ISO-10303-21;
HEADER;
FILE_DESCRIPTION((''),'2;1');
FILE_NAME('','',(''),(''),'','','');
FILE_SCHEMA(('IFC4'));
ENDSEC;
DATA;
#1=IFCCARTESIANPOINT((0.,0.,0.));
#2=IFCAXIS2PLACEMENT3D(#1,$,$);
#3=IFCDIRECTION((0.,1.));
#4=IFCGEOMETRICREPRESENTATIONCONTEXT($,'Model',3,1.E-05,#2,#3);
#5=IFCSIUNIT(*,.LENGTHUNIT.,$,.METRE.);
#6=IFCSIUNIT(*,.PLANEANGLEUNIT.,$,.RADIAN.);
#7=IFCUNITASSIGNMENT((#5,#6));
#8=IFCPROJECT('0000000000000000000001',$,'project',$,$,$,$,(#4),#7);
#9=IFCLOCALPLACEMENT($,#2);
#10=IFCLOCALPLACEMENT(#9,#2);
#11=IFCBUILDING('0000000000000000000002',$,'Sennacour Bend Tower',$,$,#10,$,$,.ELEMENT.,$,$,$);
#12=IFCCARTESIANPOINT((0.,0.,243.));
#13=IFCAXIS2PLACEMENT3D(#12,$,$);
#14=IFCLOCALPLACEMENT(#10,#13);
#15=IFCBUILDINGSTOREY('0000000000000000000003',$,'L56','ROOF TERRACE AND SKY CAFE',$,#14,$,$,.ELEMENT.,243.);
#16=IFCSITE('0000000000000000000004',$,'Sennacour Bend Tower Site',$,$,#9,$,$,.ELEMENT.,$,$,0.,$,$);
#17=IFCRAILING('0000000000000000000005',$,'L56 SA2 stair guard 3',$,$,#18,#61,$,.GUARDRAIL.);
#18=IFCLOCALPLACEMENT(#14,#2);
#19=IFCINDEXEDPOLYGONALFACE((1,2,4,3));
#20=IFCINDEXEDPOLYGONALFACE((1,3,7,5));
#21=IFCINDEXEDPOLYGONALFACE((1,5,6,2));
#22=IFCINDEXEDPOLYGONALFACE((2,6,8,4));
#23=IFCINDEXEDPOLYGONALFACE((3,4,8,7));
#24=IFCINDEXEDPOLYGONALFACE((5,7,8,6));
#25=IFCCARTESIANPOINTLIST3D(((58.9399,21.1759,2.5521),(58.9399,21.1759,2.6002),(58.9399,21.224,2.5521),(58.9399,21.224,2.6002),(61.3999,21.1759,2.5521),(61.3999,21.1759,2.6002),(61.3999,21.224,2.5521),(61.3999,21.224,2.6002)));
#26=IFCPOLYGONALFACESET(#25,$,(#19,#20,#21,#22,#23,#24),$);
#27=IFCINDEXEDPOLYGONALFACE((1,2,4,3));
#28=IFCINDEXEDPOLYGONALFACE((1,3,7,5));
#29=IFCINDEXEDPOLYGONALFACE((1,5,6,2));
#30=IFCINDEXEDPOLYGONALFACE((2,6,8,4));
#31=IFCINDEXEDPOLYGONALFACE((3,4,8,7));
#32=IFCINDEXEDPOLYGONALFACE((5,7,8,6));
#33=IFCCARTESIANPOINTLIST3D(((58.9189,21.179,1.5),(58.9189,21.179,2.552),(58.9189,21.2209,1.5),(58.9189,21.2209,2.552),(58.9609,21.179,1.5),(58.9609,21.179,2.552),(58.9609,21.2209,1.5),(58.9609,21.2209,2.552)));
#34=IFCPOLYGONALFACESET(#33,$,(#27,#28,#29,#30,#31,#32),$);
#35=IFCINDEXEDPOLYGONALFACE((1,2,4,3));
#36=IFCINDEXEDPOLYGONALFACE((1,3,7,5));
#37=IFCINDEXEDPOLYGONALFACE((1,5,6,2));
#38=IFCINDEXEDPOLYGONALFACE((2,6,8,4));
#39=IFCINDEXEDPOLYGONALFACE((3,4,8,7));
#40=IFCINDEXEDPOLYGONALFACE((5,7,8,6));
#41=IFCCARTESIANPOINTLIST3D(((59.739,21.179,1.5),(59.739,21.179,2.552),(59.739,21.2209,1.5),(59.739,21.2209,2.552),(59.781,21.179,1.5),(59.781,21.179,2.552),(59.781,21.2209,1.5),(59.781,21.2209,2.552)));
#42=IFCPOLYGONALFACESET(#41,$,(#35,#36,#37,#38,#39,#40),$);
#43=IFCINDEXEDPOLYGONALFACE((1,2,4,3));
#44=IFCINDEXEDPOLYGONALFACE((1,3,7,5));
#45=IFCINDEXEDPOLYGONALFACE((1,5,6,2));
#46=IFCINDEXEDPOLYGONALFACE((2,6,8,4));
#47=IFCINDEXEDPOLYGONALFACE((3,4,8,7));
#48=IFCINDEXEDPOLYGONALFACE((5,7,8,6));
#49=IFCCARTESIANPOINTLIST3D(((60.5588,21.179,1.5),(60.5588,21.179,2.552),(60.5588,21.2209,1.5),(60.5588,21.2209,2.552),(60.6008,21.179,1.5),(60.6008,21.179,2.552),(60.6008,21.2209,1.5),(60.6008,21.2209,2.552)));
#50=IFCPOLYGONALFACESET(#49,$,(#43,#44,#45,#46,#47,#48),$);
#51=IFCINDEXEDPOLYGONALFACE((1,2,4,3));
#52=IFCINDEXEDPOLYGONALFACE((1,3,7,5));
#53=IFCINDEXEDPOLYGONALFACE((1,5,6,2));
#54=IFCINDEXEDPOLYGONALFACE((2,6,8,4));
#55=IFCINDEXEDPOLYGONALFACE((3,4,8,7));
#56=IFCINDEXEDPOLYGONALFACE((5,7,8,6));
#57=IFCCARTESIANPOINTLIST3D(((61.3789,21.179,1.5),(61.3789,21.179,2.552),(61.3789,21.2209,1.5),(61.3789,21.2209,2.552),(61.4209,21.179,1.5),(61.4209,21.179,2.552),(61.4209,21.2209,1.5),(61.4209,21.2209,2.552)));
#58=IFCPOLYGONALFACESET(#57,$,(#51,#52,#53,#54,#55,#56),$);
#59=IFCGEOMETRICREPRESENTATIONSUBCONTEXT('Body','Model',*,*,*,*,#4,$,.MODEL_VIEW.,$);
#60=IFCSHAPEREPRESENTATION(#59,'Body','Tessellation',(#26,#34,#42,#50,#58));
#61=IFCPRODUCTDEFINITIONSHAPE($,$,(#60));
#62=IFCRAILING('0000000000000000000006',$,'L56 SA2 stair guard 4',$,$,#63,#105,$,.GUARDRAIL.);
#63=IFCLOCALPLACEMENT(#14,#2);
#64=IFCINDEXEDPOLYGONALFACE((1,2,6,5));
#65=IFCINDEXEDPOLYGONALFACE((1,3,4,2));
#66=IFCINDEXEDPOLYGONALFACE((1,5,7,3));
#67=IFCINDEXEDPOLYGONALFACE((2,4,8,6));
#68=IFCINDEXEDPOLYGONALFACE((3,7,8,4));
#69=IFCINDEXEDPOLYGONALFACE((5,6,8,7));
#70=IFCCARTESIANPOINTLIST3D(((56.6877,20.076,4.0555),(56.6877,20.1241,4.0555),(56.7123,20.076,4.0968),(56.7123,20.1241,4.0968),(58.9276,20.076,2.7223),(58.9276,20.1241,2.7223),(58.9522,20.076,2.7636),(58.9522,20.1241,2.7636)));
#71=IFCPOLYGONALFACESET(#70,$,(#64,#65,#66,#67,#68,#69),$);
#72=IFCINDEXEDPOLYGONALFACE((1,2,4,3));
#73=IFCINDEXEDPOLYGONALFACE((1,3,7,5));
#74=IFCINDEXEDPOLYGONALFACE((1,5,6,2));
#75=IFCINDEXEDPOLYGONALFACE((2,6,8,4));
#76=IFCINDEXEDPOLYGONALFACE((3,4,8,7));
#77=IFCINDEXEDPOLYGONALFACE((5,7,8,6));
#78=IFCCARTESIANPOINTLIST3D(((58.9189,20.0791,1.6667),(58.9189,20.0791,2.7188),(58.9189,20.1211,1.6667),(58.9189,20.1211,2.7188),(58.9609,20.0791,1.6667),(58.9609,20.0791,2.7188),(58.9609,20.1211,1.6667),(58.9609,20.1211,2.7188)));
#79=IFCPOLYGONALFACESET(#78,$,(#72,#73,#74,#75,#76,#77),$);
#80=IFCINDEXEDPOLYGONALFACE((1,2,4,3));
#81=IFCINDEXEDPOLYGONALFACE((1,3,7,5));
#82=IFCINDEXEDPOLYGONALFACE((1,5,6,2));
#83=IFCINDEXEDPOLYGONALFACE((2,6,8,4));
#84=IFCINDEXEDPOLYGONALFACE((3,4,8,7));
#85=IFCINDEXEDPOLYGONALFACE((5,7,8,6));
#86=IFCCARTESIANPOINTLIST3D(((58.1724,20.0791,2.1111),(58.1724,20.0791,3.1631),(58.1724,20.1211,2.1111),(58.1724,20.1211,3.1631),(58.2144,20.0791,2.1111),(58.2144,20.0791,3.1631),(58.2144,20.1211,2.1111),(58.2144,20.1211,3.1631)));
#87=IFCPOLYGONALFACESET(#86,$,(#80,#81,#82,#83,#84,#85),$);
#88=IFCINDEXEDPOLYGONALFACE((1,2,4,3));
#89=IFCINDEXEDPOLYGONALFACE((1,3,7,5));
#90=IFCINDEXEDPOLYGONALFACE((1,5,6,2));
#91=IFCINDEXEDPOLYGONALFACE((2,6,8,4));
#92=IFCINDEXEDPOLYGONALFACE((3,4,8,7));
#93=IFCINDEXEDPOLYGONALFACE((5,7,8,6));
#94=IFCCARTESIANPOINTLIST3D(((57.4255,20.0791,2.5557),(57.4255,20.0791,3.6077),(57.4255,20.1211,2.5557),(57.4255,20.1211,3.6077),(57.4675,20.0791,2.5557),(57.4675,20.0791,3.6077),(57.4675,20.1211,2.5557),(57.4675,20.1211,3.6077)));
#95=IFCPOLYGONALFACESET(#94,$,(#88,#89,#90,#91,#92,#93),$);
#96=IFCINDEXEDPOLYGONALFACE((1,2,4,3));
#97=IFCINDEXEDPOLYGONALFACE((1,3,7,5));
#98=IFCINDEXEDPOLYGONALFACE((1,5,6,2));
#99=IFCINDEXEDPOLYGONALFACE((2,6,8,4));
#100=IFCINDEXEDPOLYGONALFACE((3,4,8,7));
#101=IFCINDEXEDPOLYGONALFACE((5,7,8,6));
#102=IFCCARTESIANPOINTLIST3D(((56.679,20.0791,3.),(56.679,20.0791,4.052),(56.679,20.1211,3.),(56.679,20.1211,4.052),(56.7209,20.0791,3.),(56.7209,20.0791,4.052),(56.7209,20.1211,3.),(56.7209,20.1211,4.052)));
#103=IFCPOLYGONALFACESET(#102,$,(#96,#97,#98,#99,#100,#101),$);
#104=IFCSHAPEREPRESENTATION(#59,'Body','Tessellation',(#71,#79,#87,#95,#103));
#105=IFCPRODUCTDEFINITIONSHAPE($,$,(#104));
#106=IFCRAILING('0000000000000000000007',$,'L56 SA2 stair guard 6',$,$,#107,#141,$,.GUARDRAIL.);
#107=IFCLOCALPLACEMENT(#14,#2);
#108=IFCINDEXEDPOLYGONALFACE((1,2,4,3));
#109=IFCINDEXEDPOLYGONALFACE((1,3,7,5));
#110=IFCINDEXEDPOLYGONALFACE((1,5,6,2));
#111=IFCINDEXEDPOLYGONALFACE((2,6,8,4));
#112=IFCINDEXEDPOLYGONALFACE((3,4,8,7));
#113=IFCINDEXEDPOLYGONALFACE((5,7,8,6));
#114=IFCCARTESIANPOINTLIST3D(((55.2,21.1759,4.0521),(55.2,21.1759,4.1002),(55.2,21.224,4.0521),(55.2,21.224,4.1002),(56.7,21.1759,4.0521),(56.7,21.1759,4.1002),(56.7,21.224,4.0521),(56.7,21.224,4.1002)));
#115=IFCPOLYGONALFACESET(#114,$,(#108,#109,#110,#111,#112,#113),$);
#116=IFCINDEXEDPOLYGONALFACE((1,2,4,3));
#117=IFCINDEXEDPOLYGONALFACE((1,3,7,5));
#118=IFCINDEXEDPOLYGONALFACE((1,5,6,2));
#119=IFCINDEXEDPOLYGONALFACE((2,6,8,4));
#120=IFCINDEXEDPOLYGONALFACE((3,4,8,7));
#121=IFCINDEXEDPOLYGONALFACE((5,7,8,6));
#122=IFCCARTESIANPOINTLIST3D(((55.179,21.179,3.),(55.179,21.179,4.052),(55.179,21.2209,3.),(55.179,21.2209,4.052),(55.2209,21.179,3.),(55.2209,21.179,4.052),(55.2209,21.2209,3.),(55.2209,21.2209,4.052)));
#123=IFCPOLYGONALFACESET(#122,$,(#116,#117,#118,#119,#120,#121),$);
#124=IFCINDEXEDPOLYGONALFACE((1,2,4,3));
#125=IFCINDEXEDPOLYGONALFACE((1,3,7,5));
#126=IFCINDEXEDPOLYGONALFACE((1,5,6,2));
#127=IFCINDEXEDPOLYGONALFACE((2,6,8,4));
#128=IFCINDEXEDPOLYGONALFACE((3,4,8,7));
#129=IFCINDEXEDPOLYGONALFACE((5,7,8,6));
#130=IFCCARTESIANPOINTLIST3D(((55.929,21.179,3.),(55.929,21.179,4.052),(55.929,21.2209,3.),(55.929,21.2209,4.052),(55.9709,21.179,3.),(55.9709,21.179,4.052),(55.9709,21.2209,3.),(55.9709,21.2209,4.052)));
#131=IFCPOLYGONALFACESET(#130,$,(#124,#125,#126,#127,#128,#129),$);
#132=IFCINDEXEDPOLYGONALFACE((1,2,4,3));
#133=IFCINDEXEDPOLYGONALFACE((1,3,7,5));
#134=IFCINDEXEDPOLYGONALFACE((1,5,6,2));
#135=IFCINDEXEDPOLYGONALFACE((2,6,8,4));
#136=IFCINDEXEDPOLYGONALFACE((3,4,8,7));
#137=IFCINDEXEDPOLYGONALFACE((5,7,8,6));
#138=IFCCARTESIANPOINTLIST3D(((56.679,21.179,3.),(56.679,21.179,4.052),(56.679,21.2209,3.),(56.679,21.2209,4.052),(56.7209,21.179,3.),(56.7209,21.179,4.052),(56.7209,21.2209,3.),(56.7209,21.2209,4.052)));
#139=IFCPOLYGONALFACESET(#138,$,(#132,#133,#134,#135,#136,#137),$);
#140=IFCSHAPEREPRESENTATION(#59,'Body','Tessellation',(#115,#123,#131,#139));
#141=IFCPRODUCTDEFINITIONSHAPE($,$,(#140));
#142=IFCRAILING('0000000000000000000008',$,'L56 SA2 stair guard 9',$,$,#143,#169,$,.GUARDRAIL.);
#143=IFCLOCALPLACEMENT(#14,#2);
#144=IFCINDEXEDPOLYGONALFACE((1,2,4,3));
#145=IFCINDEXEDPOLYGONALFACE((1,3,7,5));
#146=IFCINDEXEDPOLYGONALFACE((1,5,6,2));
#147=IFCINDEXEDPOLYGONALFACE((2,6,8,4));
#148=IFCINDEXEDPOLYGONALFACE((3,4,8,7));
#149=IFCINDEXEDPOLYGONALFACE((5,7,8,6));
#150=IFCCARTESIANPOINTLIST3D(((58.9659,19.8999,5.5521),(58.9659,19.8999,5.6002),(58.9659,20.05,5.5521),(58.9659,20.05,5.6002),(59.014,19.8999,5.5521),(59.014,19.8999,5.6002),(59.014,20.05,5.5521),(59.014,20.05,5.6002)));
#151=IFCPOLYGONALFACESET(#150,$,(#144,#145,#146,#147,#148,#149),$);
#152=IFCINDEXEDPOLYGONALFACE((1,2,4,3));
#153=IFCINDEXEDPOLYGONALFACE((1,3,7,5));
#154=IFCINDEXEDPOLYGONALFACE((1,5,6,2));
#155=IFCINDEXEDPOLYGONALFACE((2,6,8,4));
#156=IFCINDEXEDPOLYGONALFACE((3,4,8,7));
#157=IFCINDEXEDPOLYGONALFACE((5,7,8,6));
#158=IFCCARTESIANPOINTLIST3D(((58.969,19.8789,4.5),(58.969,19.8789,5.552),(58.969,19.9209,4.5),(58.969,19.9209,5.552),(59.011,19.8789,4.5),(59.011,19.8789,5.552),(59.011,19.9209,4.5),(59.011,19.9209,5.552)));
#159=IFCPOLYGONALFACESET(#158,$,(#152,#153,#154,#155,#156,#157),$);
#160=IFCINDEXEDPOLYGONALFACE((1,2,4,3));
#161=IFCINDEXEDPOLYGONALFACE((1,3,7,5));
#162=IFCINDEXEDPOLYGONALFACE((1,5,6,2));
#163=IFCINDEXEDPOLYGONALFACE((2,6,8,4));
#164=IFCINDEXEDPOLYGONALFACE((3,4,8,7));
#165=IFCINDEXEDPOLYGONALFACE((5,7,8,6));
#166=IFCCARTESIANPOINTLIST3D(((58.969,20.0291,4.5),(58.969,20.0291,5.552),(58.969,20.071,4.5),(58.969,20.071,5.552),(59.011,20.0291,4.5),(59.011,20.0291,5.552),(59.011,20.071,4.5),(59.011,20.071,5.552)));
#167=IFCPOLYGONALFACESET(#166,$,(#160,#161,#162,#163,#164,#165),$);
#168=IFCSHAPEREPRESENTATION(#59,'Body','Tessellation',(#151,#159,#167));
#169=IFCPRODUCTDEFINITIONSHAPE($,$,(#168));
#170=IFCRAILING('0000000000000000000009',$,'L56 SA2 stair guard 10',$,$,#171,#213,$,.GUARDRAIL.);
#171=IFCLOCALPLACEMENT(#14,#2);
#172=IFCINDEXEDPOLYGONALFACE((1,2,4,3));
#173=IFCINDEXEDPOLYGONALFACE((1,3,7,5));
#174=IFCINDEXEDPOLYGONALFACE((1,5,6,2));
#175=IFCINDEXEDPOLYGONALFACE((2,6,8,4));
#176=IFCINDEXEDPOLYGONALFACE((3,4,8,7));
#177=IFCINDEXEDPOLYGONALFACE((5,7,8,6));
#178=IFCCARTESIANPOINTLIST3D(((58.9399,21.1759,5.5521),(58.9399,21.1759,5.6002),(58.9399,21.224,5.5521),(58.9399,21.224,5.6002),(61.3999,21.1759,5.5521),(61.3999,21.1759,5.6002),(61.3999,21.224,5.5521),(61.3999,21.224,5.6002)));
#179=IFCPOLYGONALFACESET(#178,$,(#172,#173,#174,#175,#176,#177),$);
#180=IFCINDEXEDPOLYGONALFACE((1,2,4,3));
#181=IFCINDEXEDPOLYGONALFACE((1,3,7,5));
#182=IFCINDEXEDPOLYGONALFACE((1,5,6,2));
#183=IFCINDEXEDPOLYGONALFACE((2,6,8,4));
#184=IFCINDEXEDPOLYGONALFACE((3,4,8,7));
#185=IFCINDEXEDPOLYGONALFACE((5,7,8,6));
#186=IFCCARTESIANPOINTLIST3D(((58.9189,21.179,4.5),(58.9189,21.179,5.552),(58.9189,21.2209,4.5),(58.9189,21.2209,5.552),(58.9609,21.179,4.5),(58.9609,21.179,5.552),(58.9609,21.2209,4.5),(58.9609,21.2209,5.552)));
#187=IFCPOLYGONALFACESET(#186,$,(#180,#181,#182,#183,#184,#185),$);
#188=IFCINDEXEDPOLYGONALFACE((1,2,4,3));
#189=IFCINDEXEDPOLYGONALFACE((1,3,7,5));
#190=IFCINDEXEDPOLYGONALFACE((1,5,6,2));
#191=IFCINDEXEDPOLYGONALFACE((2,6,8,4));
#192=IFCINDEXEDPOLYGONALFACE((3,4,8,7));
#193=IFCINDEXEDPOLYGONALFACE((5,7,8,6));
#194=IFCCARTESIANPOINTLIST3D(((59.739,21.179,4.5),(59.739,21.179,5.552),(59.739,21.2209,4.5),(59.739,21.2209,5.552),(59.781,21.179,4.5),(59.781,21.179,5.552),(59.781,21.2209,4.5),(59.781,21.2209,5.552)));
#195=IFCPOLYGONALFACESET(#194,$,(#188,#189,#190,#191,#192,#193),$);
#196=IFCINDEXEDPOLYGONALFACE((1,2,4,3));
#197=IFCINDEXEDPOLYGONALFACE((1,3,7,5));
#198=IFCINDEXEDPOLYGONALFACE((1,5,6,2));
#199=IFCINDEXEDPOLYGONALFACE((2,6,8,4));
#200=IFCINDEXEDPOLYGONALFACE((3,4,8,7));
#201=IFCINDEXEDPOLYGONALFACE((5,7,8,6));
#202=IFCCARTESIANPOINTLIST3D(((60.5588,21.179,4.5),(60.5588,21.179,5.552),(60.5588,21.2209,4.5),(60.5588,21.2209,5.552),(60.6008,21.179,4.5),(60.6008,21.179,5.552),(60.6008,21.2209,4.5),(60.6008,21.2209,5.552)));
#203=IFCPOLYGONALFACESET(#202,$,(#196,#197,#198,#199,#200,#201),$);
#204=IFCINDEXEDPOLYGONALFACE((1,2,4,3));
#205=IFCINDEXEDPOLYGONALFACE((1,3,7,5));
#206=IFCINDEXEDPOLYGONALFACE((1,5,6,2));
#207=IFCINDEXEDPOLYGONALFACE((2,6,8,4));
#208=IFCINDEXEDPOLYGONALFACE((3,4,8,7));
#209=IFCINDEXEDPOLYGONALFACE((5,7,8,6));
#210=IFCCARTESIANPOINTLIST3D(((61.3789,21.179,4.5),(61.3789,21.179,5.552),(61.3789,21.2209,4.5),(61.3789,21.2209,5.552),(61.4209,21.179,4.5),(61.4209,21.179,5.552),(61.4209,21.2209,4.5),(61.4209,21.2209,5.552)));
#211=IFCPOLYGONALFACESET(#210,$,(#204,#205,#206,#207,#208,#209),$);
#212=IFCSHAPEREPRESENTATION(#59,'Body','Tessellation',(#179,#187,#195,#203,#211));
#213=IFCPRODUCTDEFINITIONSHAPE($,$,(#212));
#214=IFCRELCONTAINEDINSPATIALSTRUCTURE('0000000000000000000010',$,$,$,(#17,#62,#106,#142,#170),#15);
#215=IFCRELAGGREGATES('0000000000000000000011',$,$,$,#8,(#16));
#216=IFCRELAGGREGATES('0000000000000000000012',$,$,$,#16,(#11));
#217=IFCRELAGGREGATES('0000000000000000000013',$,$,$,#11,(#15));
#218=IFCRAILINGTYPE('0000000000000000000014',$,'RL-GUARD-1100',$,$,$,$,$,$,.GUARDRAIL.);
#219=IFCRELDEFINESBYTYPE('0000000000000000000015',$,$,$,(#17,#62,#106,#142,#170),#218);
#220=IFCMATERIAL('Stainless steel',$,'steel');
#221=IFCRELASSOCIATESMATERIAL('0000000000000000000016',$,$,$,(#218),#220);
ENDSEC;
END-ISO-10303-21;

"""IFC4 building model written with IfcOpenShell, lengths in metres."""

from ifc_helpers import new_model, si_unit, direction, frame, origin, origin_2d, place, context, subcontext, project, spatial, rectangle, extrude, material, type_object, element, save


model = new_model("IFC4")

# Units and contexts
model_context = context("Model", 3, precision=1e-05, world=origin(), true_north=direction((0.0, 1.0)))
body_context = subcontext(model_context, "Body", "Model", "MODEL_VIEW")
ifc_project = project(units=[si_unit("LENGTHUNIT", "METRE"), si_unit("PLANEANGLEUNIT", "RADIAN")], contexts=[model_context])

# Site, building, storey
site_placement = place(None, origin())
site = spatial("IfcSite", under=ifc_project, at=site_placement, Name="Sennacour Bend Tower Site", CompositionType="ELEMENT", RefElevation=0.0)
building_placement = place(site_placement, origin())
building = spatial("IfcBuilding", under=site, at=building_placement, Name="Sennacour Bend Tower", CompositionType="ELEMENT")
storey_placement = place(building_placement, frame((0.0, 0.0, 243.0)))
storey = spatial("IfcBuildingStorey", under=building, at=storey_placement, Name="L56", Description="ROOF TERRACE AND SKY CAFE", CompositionType="ELEMENT", Elevation=243.0)

# Railings
ifc_material_1 = material(Name="Stainless steel", Category="steel")
railing_type_1 = type_object("IfcRailingType", Name="RL-GUARD-1100", PredefinedType="GUARDRAIL", material=ifc_material_1)
railing_1_placement = place(storey_placement, frame((58.9399, 21.2, 1.5)))
element("IfcRailing", 1, at=railing_1_placement, inside=storey, type_object=railing_type_1, Name="L56 SA2 stair guard 3", PredefinedType="GUARDRAIL", context=body_context, shape_type="SweptSolid", body=[
    extrude(rectangle(XDim=0.0481, YDim=0.0481, at=origin_2d()), frame((0.0, 0.0, 1.0762), z_axis=(1.0, 0.0, 0.0), x_axis=(0.0, 1.0, 0.0)), (0.0, 0.0, 1.0), 2.46),
    extrude(rectangle(XDim=0.042, YDim=0.042, at=origin_2d()), origin(), (0.0, 0.0, 1.0), 1.052),
    extrude(rectangle(XDim=0.042, YDim=0.042, at=origin_2d()), frame((0.8201, 0.0, 0.0)), (0.0, 0.0, 1.0), 1.052),
    extrude(rectangle(XDim=0.042, YDim=0.042, at=origin_2d()), frame((1.6399, 0.0, 0.0)), (0.0, 0.0, 1.0), 1.052),
    extrude(rectangle(XDim=0.042, YDim=0.042, at=origin_2d()), frame((2.46, 0.0, 0.0)), (0.0, 0.0, 1.0), 1.052),
])
railing_2_placement = place(storey_placement, frame((58.9399, 20.1001, 1.6667)))
element("IfcRailing", 2, at=railing_2_placement, inside=storey, type_object=railing_type_1, Name="L56 SA2 stair guard 4", PredefinedType="GUARDRAIL", context=body_context, shape_type="SweptSolid", body=[
    extrude(rectangle(XDim=0.0481, YDim=0.0481, at=origin_2d()), frame((0.0, 0.0, 1.0762), z_axis=(-0.859306, 0.0, 0.511462), x_axis=(0.0, -1.0, 0.0)), (0.0, 0.0, 1.0), 2.6067),
    extrude(rectangle(XDim=0.042, YDim=0.042, at=origin_2d()), origin(), (0.0, 0.0, 1.0), 1.052),
    extrude(rectangle(XDim=0.042, YDim=0.042, at=origin_2d()), frame((-0.7466, 0.0, 0.4443)), (0.0, 0.0, 1.0), 1.052),
    extrude(rectangle(XDim=0.042, YDim=0.042, at=origin_2d()), frame((-1.4934, 0.0, 0.8889)), (0.0, 0.0, 1.0), 1.052),
    extrude(rectangle(XDim=0.042, YDim=0.042, at=origin_2d()), frame((-2.24, 0.0, 1.3333)), (0.0, 0.0, 1.0), 1.052),
])
railing_3_placement = place(storey_placement, frame((55.2, 21.2, 3.0)))
element("IfcRailing", 3, at=railing_3_placement, inside=storey, type_object=railing_type_1, Name="L56 SA2 stair guard 6", PredefinedType="GUARDRAIL", context=body_context, shape_type="SweptSolid", body=[
    extrude(rectangle(XDim=0.0481, YDim=0.0481, at=origin_2d()), frame((0.0, 0.0, 1.0762), z_axis=(1.0, 0.0, 0.0), x_axis=(0.0, 1.0, 0.0)), (0.0, 0.0, 1.0), 1.5),
    extrude(rectangle(XDim=0.042, YDim=0.042, at=origin_2d()), origin(), (0.0, 0.0, 1.0), 1.052),
    extrude(rectangle(XDim=0.042, YDim=0.042, at=origin_2d()), frame((0.75, 0.0, 0.0)), (0.0, 0.0, 1.0), 1.052),
    extrude(rectangle(XDim=0.042, YDim=0.042, at=origin_2d()), frame((1.5, 0.0, 0.0)), (0.0, 0.0, 1.0), 1.052),
])
railing_4_placement = place(storey_placement, frame((58.99, 19.8999, 4.5)))
element("IfcRailing", 4, at=railing_4_placement, inside=storey, type_object=railing_type_1, Name="L56 SA2 stair guard 9", PredefinedType="GUARDRAIL", context=body_context, shape_type="SweptSolid", body=[
    extrude(rectangle(XDim=0.0481, YDim=0.0481, at=origin_2d()), frame((0.0, 0.0, 1.0762), z_axis=(0.0, 1.0, 0.0), x_axis=(-1.0, 0.0, 0.0)), (0.0, 0.0, 1.0), 0.1501),
    extrude(rectangle(XDim=0.042, YDim=0.042, at=origin_2d()), origin(), (0.0, 0.0, 1.0), 1.052),
    extrude(rectangle(XDim=0.042, YDim=0.042, at=origin_2d()), frame((0.0, 0.1501, 0.0)), (0.0, 0.0, 1.0), 1.052),
])
railing_5_placement = place(storey_placement, frame((58.9399, 21.2, 4.5)))
element("IfcRailing", 5, at=railing_5_placement, inside=storey, type_object=railing_type_1, Name="L56 SA2 stair guard 10", PredefinedType="GUARDRAIL", context=body_context, shape_type="SweptSolid", body=[
    extrude(rectangle(XDim=0.0481, YDim=0.0481, at=origin_2d()), frame((0.0, 0.0, 1.0762), z_axis=(1.0, 0.0, 0.0), x_axis=(0.0, 1.0, 0.0)), (0.0, 0.0, 1.0), 2.46),
    extrude(rectangle(XDim=0.042, YDim=0.042, at=origin_2d()), origin(), (0.0, 0.0, 1.0), 1.052),
    extrude(rectangle(XDim=0.042, YDim=0.042, at=origin_2d()), frame((0.8201, 0.0, 0.0)), (0.0, 0.0, 1.0), 1.052),
    extrude(rectangle(XDim=0.042, YDim=0.042, at=origin_2d()), frame((1.6399, 0.0, 0.0)), (0.0, 0.0, 1.0), 1.052),
    extrude(rectangle(XDim=0.042, YDim=0.042, at=origin_2d()), frame((2.46, 0.0, 0.0)), (0.0, 0.0, 1.0), 1.052),
])

save(model, "model.ifc")
